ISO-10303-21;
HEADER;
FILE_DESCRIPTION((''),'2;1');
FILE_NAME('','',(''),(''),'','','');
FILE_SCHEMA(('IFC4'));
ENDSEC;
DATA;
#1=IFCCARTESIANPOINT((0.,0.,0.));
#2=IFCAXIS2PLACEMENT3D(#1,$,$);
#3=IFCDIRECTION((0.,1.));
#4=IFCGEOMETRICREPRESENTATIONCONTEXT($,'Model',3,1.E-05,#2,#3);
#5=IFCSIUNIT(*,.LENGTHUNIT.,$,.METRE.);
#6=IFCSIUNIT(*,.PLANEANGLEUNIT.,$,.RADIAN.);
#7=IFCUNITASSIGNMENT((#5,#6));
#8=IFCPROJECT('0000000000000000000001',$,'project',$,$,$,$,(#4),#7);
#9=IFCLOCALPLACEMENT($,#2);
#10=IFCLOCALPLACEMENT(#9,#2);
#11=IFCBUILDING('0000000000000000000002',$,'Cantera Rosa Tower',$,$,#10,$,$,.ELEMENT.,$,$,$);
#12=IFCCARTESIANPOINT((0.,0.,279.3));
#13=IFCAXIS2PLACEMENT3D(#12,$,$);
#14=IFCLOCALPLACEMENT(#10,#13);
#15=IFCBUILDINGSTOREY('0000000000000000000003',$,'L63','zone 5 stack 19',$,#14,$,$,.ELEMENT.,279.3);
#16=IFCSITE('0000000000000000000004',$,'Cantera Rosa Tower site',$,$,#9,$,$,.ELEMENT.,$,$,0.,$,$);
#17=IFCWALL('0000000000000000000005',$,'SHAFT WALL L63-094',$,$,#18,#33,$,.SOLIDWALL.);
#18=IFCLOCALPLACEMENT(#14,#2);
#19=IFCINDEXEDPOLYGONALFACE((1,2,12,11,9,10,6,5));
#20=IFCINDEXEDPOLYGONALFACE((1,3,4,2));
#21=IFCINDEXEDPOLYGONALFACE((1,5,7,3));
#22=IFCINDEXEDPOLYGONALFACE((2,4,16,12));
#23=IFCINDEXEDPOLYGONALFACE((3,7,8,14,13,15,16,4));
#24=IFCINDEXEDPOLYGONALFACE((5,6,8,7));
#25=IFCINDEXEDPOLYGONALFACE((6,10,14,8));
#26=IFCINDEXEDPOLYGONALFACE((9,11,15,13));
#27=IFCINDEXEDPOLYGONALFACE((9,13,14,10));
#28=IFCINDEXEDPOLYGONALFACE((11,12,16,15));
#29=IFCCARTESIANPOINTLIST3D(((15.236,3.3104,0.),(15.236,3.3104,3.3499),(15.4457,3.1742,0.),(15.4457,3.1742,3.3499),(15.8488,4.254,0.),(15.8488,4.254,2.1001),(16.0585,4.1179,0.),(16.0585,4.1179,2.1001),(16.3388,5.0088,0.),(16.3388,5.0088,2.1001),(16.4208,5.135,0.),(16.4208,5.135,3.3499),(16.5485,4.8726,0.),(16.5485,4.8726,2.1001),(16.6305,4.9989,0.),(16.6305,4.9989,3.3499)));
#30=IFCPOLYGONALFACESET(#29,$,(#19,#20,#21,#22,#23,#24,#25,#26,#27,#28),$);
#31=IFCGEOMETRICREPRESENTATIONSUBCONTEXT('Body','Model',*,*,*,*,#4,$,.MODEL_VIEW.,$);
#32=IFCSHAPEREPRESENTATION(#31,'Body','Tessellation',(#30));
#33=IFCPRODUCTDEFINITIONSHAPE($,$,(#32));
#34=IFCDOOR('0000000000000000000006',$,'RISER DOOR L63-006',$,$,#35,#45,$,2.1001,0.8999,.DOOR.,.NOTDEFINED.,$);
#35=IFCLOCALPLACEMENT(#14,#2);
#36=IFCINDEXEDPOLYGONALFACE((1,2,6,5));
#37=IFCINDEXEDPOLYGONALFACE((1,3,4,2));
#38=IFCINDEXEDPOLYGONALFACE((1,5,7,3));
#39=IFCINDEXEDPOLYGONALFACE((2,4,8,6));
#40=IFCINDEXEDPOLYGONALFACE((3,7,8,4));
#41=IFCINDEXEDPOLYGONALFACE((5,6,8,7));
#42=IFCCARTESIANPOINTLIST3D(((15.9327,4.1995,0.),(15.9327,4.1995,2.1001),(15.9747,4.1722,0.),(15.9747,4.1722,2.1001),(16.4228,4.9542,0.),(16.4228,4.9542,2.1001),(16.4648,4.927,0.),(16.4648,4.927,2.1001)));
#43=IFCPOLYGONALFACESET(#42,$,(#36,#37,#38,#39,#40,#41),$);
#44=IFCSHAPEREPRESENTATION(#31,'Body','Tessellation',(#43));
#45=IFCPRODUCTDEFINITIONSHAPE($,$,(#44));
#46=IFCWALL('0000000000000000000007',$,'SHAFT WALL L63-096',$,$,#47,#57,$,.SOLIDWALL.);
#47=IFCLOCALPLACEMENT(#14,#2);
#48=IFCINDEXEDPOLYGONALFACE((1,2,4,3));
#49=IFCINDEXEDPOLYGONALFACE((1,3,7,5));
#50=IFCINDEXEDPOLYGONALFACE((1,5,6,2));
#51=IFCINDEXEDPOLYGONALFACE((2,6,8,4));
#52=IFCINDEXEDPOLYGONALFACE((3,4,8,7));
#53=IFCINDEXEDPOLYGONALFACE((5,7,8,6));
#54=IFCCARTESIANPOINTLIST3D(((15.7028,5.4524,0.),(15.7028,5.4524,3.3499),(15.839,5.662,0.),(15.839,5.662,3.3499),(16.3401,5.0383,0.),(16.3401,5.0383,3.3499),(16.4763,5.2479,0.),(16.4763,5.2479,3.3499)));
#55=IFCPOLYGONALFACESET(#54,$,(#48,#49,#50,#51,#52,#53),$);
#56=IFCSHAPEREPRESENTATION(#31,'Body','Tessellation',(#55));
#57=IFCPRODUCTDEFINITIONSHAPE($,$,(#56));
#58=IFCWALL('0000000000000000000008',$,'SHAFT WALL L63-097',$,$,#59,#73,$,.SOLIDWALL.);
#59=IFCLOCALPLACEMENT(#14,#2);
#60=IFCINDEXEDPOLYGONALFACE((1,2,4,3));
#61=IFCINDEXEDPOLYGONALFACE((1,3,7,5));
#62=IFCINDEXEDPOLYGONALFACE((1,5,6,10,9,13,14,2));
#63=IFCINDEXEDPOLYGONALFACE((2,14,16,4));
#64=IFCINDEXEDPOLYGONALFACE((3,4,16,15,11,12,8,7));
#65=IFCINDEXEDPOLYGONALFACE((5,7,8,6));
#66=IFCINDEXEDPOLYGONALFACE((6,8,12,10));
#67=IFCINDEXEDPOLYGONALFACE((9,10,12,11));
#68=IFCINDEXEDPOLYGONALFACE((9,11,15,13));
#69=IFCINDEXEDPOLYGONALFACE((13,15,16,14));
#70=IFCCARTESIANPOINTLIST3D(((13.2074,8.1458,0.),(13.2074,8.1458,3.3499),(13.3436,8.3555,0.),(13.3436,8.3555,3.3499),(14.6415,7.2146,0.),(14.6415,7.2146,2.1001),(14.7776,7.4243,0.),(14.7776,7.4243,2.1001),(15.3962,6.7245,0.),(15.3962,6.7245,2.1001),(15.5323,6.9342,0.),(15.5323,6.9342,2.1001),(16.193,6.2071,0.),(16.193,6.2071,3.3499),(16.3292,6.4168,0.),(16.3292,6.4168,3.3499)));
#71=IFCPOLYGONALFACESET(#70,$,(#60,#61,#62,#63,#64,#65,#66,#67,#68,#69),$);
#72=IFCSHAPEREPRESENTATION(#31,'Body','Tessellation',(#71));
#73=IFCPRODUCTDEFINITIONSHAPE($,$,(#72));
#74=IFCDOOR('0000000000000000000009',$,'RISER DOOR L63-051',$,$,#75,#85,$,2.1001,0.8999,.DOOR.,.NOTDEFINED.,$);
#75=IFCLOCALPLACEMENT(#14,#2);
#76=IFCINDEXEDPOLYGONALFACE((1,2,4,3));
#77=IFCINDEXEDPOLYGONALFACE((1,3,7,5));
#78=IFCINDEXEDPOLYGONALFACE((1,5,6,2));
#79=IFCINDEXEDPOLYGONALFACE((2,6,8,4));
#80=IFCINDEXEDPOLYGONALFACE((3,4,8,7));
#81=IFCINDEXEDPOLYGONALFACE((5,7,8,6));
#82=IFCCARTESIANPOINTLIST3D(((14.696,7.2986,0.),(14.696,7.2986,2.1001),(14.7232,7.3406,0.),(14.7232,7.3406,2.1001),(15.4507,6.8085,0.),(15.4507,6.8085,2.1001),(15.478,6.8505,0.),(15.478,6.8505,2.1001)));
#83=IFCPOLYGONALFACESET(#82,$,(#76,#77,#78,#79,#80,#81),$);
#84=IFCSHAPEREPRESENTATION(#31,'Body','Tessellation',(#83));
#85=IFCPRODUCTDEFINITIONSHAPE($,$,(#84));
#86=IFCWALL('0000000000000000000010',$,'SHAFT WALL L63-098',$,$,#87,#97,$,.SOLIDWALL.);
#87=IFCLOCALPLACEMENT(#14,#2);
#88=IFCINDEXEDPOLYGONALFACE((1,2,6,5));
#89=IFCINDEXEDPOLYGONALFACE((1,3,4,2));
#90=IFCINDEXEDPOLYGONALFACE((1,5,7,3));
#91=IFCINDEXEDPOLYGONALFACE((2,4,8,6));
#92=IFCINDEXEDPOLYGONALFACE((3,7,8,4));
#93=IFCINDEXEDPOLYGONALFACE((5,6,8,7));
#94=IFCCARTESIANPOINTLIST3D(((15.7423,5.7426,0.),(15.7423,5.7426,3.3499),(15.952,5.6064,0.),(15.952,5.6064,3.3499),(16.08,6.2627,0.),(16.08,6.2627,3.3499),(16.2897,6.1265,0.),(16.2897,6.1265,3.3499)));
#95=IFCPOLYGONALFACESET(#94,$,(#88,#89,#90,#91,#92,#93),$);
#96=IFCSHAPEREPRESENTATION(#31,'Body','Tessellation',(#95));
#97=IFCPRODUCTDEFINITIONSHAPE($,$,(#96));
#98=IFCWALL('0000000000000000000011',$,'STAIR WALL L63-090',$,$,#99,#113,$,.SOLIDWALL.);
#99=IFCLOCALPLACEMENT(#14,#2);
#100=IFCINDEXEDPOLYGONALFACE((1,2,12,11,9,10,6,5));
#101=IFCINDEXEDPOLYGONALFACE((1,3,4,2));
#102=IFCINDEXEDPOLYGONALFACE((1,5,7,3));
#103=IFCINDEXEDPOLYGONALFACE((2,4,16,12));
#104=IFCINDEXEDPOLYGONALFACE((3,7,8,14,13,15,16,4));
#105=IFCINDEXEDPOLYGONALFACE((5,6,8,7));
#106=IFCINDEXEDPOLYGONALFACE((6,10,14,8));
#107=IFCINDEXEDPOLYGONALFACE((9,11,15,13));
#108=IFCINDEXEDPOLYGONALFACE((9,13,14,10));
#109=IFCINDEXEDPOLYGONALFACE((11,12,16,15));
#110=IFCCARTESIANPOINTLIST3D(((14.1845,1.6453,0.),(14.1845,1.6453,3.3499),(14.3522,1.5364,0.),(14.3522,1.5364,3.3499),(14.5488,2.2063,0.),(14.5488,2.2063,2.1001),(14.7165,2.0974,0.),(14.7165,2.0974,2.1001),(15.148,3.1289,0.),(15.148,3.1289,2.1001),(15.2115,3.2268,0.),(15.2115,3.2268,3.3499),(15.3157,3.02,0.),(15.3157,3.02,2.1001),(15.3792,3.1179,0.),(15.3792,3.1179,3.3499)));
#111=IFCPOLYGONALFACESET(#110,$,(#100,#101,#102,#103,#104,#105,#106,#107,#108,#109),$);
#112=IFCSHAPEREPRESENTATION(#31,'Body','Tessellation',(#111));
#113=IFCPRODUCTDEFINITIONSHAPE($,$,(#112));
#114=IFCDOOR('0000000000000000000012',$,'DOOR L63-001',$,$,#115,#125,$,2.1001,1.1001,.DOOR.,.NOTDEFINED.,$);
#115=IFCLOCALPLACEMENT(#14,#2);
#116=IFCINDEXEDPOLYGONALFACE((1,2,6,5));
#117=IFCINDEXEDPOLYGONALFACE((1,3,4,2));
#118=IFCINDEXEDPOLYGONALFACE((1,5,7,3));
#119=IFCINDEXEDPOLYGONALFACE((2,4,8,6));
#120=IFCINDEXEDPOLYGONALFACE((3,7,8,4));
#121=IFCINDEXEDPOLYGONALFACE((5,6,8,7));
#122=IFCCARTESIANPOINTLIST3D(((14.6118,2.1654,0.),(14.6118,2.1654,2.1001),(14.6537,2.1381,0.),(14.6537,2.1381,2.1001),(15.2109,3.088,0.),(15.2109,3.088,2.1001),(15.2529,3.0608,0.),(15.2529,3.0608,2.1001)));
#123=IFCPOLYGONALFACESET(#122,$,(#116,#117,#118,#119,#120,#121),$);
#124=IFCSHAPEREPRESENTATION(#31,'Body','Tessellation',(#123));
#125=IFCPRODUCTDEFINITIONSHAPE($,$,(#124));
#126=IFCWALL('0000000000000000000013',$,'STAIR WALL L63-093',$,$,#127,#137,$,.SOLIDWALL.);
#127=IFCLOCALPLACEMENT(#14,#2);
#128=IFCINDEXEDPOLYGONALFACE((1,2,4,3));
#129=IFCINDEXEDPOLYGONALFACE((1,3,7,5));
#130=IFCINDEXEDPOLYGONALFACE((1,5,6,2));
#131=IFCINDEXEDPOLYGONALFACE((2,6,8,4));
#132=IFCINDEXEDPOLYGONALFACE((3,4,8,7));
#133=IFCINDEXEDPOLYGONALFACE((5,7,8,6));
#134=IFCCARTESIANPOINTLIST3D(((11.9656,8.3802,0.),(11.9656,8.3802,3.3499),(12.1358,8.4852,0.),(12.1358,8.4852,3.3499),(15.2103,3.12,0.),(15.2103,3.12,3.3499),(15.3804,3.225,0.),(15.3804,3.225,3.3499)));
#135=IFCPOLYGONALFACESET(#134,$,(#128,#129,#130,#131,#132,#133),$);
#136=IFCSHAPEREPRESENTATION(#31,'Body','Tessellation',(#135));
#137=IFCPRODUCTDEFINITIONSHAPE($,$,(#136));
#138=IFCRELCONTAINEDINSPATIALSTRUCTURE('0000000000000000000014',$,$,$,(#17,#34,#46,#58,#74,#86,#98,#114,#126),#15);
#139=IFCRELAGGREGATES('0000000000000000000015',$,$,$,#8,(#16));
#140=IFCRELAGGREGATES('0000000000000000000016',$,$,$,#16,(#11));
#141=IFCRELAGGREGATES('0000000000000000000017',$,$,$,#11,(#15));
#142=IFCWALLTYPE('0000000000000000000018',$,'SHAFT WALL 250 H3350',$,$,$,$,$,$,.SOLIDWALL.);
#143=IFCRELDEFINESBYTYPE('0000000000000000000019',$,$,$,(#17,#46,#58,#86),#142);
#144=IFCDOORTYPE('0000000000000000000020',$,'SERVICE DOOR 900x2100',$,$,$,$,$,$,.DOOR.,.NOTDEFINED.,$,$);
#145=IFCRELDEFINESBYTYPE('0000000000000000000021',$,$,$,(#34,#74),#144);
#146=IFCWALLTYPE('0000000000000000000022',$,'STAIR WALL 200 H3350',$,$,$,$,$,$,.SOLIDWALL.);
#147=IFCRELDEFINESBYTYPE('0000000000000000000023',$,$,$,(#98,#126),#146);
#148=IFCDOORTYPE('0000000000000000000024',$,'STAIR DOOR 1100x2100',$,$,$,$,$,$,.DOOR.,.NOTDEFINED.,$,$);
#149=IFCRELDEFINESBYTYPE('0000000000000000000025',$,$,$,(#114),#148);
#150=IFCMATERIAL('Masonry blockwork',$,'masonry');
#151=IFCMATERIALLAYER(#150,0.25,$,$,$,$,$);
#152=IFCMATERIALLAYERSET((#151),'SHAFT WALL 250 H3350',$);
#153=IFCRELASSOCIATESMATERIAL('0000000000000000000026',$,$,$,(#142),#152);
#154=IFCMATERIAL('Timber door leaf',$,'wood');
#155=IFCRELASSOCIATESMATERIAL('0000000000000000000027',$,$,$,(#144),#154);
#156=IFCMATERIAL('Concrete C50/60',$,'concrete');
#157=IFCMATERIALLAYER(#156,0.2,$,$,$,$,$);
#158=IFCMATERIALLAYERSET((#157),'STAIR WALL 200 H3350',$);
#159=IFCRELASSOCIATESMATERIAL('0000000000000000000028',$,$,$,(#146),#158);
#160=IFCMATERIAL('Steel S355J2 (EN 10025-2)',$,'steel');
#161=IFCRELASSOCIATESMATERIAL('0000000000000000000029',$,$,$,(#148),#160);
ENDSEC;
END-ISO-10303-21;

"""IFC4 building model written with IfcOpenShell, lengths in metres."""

from ifc_helpers import new_model, si_unit, direction, frame, frame_2d, origin, place, context, subcontext, project, spatial, rectangle, extrude, material, layer, layer_set, type_object, element, fill, save


model = new_model("IFC4")

# Units and contexts
model_context = context("Model", 3, precision=1e-05, world=origin(), true_north=direction((0.0, 1.0)))
body_context = subcontext(model_context, "Body", "Model", "MODEL_VIEW")
ifc_project = project(units=[si_unit("LENGTHUNIT", "METRE"), si_unit("PLANEANGLEUNIT", "RADIAN")], contexts=[model_context])

# Site, building, storey
site_placement = place(None, origin())
site = spatial("IfcSite", under=ifc_project, at=site_placement, Name="Cantera Rosa Tower site", CompositionType="ELEMENT", RefElevation=0.0)
building_placement = place(site_placement, origin())
building = spatial("IfcBuilding", under=site, at=building_placement, Name="Cantera Rosa Tower", CompositionType="ELEMENT")
storey_placement = place(building_placement, frame((0.0, 0.0, 279.3)))
storey = spatial("IfcBuildingStorey", under=building, at=storey_placement, Name="L63", Description="zone 5 stack 19", CompositionType="ELEMENT", Elevation=279.3)

# Wall, opening, door
ifc_material_1 = material(Name="Masonry blockwork", Category="masonry")
ifc_layer_1 = layer(ifc_material_1, 0.25)
ifc_layer_set_1 = layer_set([ifc_layer_1], Name="SHAFT WALL 250 H3350")
wall_type_1 = type_object("IfcWallType", Name="SHAFT WALL 250 H3350", PredefinedType="SOLIDWALL", material=ifc_layer_set_1)
wall_1_placement = place(storey_placement, frame((15.3408, 3.2422, 0.0), z_axis=(0.0, 0.0, 1.0), x_axis=(0.544586, 0.838705, 0.0)))
wall_1 = element("IfcWall", 1, at=wall_1_placement, inside=storey, type_object=wall_type_1, Name="SHAFT WALL L63-094", PredefinedType="SOLIDWALL", context=body_context, shape_type="SweptSolid", body=[
    extrude(rectangle(XDim=2.1755, YDim=0.25, at=frame_2d((1.0879, 0.0))), origin(), (0.0, 0.0, 1.0), 3.3499),
])
opening_1_placement = place(wall_1_placement, frame((1.1252, 0.0, 0.0)))
opening_1 = element("IfcOpeningElement", 2, at=opening_1_placement, cuts=wall_1, PredefinedType="OPENING", context=body_context, shape_type="SweptSolid", body=[
    extrude(rectangle(XDim=0.8999, YDim=2.1001, at=frame_2d((0.45, 1.05))), frame((0.0, 0.135, 0.0), z_axis=(0.0, -1.0, 0.0), x_axis=(1.0, 0.0, 0.0)), (0.0, 0.0, 1.0), 0.27),
])
ifc_material_2 = material(Name="Timber door leaf", Category="wood")
door_type_1 = type_object("IfcDoorType", Name="SERVICE DOOR 900x2100", OperationType="NOTDEFINED", PredefinedType="DOOR", material=ifc_material_2)
door_1_placement = place(opening_1_placement, origin())
door_1 = element("IfcDoor", 3, at=door_1_placement, inside=storey, type_object=door_type_1, Name="RISER DOOR L63-006", OperationType="NOTDEFINED", OverallHeight=2.1001, OverallWidth=0.8999, PredefinedType="DOOR", context=body_context, shape_type="SweptSolid", body=[
    extrude(rectangle(XDim=0.8999, YDim=2.1001, at=frame_2d((0.45, 1.05))), frame((0.0, 0.0249, 0.0), z_axis=(0.0, -1.0, 0.0), x_axis=(1.0, 0.0, 0.0)), (0.0, 0.0, 1.0), 0.05),
])
fill(opening_1, door_1)

# Wall
wall_2_placement = place(storey_placement, frame((15.771, 5.5571, 0.0), z_axis=(0.0, 0.0, 1.0), x_axis=(0.838517, -0.544875, 0.0)))
element("IfcWall", 4, at=wall_2_placement, inside=storey, type_object=wall_type_1, Name="SHAFT WALL L63-096", PredefinedType="SOLIDWALL", context=body_context, shape_type="SweptSolid", body=[
    extrude(rectangle(XDim=0.76, YDim=0.25, at=frame_2d((0.3799, 0.0))), origin(), (0.0, 0.0, 1.0), 3.3499),
])

# Wall, opening, door
wall_3_placement = place(storey_placement, frame((16.261, 6.312, 0.0), z_axis=(0.0, 0.0, 1.0), x_axis=(-0.83869, 0.54461, 0.0)))
wall_3 = element("IfcWall", 5, at=wall_3_placement, inside=storey, type_object=wall_type_1, Name="SHAFT WALL L63-097", PredefinedType="SOLIDWALL", context=body_context, shape_type="SweptSolid", body=[
    extrude(rectangle(XDim=3.5598, YDim=0.25, at=frame_2d((1.7798, 0.0))), origin(), (0.0, 0.0, 1.0), 3.3499),
])
opening_2_placement = place(wall_3_placement, frame((0.95, 0.0, 0.0)))
opening_2 = element("IfcOpeningElement", 6, at=opening_2_placement, cuts=wall_3, PredefinedType="OPENING", context=body_context, shape_type="SweptSolid", body=[
    extrude(rectangle(XDim=0.8999, YDim=2.1001, at=frame_2d((0.45, 1.05))), frame((0.0, 0.135, 0.0), z_axis=(0.0, -1.0, 0.0), x_axis=(1.0, 0.0, 0.0)), (0.0, 0.0, 1.0), 0.27),
])
door_2_placement = place(opening_2_placement, origin())
door_2 = element("IfcDoor", 7, at=door_2_placement, inside=storey, type_object=door_type_1, Name="RISER DOOR L63-051", OperationType="NOTDEFINED", OverallHeight=2.1001, OverallWidth=0.8999, PredefinedType="DOOR", context=body_context, shape_type="SweptSolid", body=[
    extrude(rectangle(XDim=0.8999, YDim=2.1001, at=frame_2d((0.45, 1.05))), frame((0.0, 0.0249, 0.0), z_axis=(0.0, -1.0, 0.0), x_axis=(1.0, 0.0, 0.0)), (0.0, 0.0, 1.0), 0.05),
])
fill(opening_2, door_2)

# Wall
wall_4_placement = place(storey_placement, frame((16.1848, 6.1946, 0.0), z_axis=(0.0, 0.0, 1.0), x_axis=(-0.544573, -0.838713, 0.0)))
element("IfcWall", 8, at=wall_4_placement, inside=storey, type_object=wall_type_1, Name="SHAFT WALL L63-098", PredefinedType="SOLIDWALL", context=body_context, shape_type="SweptSolid", body=[
    extrude(rectangle(XDim=0.6201, YDim=0.25, at=frame_2d((0.3101, 0.0))), origin(), (0.0, 0.0, 1.0), 3.3499),
])

# Wall, opening, door
ifc_material_3 = material(Name="Concrete C50/60", Category="concrete")
ifc_layer_2 = layer(ifc_material_3, 0.2)
ifc_layer_set_2 = layer_set([ifc_layer_2], Name="STAIR WALL 200 H3350")
wall_type_2 = type_object("IfcWallType", Name="STAIR WALL 200 H3350", PredefinedType="SOLIDWALL", material=ifc_layer_set_2)
wall_5_placement = place(storey_placement, frame((14.2683, 1.5908, 0.0), z_axis=(0.0, 0.0, 1.0), x_axis=(0.544652, 0.838662, 0.0)))
wall_5 = element("IfcWall", 9, at=wall_5_placement, inside=storey, type_object=wall_type_2, Name="STAIR WALL L63-090", PredefinedType="SOLIDWALL", context=body_context, shape_type="SweptSolid", body=[
    extrude(rectangle(XDim=1.8857, YDim=0.2, at=frame_2d((0.9429, 0.0))), origin(), (0.0, 0.0, 1.0), 3.3499),
])
opening_3_placement = place(wall_5_placement, frame((0.6689, 0.0, 0.0)))
opening_3 = element("IfcOpeningElement", 10, at=opening_3_placement, cuts=wall_5, PredefinedType="OPENING", context=body_context, shape_type="SweptSolid", body=[
    extrude(rectangle(XDim=1.1001, YDim=2.1001, at=frame_2d((0.55, 1.05))), frame((0.0, 0.1099, 0.0), z_axis=(0.0, -1.0, 0.0), x_axis=(1.0, 0.0, 0.0)), (0.0, 0.0, 1.0), 0.22),
])
ifc_material_4 = material(Name="Steel S355J2 (EN 10025-2)", Category="steel")
door_type_2 = type_object("IfcDoorType", Name="STAIR DOOR 1100x2100", OperationType="NOTDEFINED", PredefinedType="DOOR", material=ifc_material_4)
door_3_placement = place(opening_3_placement, origin())
door_3 = element("IfcDoor", 11, at=door_3_placement, inside=storey, type_object=door_type_2, Name="DOOR L63-001", OperationType="NOTDEFINED", OverallHeight=2.1001, OverallWidth=1.1001, PredefinedType="DOOR", context=body_context, shape_type="SweptSolid", body=[
    extrude(rectangle(XDim=1.1001, YDim=2.1001, at=frame_2d((0.55, 1.05))), frame((0.0, 0.0249, 0.0), z_axis=(0.0, -1.0, 0.0), x_axis=(1.0, 0.0, 0.0)), (0.0, 0.0, 1.0), 0.05),
])
fill(opening_3, door_3)

# Wall
wall_6_placement = place(storey_placement, frame((15.2954, 3.1724, 0.0), z_axis=(0.0, 0.0, 1.0), x_axis=(-0.524983, 0.851113, 0.0)))
element("IfcWall", 12, at=wall_6_placement, inside=storey, type_object=wall_type_2, Name="STAIR WALL L63-093", PredefinedType="SOLIDWALL", context=body_context, shape_type="SweptSolid", body=[
    extrude(rectangle(XDim=6.1804, YDim=0.2, at=frame_2d((3.0903, 0.0))), origin(), (0.0, 0.0, 1.0), 3.3499),
])

save(model, "model.ifc")
